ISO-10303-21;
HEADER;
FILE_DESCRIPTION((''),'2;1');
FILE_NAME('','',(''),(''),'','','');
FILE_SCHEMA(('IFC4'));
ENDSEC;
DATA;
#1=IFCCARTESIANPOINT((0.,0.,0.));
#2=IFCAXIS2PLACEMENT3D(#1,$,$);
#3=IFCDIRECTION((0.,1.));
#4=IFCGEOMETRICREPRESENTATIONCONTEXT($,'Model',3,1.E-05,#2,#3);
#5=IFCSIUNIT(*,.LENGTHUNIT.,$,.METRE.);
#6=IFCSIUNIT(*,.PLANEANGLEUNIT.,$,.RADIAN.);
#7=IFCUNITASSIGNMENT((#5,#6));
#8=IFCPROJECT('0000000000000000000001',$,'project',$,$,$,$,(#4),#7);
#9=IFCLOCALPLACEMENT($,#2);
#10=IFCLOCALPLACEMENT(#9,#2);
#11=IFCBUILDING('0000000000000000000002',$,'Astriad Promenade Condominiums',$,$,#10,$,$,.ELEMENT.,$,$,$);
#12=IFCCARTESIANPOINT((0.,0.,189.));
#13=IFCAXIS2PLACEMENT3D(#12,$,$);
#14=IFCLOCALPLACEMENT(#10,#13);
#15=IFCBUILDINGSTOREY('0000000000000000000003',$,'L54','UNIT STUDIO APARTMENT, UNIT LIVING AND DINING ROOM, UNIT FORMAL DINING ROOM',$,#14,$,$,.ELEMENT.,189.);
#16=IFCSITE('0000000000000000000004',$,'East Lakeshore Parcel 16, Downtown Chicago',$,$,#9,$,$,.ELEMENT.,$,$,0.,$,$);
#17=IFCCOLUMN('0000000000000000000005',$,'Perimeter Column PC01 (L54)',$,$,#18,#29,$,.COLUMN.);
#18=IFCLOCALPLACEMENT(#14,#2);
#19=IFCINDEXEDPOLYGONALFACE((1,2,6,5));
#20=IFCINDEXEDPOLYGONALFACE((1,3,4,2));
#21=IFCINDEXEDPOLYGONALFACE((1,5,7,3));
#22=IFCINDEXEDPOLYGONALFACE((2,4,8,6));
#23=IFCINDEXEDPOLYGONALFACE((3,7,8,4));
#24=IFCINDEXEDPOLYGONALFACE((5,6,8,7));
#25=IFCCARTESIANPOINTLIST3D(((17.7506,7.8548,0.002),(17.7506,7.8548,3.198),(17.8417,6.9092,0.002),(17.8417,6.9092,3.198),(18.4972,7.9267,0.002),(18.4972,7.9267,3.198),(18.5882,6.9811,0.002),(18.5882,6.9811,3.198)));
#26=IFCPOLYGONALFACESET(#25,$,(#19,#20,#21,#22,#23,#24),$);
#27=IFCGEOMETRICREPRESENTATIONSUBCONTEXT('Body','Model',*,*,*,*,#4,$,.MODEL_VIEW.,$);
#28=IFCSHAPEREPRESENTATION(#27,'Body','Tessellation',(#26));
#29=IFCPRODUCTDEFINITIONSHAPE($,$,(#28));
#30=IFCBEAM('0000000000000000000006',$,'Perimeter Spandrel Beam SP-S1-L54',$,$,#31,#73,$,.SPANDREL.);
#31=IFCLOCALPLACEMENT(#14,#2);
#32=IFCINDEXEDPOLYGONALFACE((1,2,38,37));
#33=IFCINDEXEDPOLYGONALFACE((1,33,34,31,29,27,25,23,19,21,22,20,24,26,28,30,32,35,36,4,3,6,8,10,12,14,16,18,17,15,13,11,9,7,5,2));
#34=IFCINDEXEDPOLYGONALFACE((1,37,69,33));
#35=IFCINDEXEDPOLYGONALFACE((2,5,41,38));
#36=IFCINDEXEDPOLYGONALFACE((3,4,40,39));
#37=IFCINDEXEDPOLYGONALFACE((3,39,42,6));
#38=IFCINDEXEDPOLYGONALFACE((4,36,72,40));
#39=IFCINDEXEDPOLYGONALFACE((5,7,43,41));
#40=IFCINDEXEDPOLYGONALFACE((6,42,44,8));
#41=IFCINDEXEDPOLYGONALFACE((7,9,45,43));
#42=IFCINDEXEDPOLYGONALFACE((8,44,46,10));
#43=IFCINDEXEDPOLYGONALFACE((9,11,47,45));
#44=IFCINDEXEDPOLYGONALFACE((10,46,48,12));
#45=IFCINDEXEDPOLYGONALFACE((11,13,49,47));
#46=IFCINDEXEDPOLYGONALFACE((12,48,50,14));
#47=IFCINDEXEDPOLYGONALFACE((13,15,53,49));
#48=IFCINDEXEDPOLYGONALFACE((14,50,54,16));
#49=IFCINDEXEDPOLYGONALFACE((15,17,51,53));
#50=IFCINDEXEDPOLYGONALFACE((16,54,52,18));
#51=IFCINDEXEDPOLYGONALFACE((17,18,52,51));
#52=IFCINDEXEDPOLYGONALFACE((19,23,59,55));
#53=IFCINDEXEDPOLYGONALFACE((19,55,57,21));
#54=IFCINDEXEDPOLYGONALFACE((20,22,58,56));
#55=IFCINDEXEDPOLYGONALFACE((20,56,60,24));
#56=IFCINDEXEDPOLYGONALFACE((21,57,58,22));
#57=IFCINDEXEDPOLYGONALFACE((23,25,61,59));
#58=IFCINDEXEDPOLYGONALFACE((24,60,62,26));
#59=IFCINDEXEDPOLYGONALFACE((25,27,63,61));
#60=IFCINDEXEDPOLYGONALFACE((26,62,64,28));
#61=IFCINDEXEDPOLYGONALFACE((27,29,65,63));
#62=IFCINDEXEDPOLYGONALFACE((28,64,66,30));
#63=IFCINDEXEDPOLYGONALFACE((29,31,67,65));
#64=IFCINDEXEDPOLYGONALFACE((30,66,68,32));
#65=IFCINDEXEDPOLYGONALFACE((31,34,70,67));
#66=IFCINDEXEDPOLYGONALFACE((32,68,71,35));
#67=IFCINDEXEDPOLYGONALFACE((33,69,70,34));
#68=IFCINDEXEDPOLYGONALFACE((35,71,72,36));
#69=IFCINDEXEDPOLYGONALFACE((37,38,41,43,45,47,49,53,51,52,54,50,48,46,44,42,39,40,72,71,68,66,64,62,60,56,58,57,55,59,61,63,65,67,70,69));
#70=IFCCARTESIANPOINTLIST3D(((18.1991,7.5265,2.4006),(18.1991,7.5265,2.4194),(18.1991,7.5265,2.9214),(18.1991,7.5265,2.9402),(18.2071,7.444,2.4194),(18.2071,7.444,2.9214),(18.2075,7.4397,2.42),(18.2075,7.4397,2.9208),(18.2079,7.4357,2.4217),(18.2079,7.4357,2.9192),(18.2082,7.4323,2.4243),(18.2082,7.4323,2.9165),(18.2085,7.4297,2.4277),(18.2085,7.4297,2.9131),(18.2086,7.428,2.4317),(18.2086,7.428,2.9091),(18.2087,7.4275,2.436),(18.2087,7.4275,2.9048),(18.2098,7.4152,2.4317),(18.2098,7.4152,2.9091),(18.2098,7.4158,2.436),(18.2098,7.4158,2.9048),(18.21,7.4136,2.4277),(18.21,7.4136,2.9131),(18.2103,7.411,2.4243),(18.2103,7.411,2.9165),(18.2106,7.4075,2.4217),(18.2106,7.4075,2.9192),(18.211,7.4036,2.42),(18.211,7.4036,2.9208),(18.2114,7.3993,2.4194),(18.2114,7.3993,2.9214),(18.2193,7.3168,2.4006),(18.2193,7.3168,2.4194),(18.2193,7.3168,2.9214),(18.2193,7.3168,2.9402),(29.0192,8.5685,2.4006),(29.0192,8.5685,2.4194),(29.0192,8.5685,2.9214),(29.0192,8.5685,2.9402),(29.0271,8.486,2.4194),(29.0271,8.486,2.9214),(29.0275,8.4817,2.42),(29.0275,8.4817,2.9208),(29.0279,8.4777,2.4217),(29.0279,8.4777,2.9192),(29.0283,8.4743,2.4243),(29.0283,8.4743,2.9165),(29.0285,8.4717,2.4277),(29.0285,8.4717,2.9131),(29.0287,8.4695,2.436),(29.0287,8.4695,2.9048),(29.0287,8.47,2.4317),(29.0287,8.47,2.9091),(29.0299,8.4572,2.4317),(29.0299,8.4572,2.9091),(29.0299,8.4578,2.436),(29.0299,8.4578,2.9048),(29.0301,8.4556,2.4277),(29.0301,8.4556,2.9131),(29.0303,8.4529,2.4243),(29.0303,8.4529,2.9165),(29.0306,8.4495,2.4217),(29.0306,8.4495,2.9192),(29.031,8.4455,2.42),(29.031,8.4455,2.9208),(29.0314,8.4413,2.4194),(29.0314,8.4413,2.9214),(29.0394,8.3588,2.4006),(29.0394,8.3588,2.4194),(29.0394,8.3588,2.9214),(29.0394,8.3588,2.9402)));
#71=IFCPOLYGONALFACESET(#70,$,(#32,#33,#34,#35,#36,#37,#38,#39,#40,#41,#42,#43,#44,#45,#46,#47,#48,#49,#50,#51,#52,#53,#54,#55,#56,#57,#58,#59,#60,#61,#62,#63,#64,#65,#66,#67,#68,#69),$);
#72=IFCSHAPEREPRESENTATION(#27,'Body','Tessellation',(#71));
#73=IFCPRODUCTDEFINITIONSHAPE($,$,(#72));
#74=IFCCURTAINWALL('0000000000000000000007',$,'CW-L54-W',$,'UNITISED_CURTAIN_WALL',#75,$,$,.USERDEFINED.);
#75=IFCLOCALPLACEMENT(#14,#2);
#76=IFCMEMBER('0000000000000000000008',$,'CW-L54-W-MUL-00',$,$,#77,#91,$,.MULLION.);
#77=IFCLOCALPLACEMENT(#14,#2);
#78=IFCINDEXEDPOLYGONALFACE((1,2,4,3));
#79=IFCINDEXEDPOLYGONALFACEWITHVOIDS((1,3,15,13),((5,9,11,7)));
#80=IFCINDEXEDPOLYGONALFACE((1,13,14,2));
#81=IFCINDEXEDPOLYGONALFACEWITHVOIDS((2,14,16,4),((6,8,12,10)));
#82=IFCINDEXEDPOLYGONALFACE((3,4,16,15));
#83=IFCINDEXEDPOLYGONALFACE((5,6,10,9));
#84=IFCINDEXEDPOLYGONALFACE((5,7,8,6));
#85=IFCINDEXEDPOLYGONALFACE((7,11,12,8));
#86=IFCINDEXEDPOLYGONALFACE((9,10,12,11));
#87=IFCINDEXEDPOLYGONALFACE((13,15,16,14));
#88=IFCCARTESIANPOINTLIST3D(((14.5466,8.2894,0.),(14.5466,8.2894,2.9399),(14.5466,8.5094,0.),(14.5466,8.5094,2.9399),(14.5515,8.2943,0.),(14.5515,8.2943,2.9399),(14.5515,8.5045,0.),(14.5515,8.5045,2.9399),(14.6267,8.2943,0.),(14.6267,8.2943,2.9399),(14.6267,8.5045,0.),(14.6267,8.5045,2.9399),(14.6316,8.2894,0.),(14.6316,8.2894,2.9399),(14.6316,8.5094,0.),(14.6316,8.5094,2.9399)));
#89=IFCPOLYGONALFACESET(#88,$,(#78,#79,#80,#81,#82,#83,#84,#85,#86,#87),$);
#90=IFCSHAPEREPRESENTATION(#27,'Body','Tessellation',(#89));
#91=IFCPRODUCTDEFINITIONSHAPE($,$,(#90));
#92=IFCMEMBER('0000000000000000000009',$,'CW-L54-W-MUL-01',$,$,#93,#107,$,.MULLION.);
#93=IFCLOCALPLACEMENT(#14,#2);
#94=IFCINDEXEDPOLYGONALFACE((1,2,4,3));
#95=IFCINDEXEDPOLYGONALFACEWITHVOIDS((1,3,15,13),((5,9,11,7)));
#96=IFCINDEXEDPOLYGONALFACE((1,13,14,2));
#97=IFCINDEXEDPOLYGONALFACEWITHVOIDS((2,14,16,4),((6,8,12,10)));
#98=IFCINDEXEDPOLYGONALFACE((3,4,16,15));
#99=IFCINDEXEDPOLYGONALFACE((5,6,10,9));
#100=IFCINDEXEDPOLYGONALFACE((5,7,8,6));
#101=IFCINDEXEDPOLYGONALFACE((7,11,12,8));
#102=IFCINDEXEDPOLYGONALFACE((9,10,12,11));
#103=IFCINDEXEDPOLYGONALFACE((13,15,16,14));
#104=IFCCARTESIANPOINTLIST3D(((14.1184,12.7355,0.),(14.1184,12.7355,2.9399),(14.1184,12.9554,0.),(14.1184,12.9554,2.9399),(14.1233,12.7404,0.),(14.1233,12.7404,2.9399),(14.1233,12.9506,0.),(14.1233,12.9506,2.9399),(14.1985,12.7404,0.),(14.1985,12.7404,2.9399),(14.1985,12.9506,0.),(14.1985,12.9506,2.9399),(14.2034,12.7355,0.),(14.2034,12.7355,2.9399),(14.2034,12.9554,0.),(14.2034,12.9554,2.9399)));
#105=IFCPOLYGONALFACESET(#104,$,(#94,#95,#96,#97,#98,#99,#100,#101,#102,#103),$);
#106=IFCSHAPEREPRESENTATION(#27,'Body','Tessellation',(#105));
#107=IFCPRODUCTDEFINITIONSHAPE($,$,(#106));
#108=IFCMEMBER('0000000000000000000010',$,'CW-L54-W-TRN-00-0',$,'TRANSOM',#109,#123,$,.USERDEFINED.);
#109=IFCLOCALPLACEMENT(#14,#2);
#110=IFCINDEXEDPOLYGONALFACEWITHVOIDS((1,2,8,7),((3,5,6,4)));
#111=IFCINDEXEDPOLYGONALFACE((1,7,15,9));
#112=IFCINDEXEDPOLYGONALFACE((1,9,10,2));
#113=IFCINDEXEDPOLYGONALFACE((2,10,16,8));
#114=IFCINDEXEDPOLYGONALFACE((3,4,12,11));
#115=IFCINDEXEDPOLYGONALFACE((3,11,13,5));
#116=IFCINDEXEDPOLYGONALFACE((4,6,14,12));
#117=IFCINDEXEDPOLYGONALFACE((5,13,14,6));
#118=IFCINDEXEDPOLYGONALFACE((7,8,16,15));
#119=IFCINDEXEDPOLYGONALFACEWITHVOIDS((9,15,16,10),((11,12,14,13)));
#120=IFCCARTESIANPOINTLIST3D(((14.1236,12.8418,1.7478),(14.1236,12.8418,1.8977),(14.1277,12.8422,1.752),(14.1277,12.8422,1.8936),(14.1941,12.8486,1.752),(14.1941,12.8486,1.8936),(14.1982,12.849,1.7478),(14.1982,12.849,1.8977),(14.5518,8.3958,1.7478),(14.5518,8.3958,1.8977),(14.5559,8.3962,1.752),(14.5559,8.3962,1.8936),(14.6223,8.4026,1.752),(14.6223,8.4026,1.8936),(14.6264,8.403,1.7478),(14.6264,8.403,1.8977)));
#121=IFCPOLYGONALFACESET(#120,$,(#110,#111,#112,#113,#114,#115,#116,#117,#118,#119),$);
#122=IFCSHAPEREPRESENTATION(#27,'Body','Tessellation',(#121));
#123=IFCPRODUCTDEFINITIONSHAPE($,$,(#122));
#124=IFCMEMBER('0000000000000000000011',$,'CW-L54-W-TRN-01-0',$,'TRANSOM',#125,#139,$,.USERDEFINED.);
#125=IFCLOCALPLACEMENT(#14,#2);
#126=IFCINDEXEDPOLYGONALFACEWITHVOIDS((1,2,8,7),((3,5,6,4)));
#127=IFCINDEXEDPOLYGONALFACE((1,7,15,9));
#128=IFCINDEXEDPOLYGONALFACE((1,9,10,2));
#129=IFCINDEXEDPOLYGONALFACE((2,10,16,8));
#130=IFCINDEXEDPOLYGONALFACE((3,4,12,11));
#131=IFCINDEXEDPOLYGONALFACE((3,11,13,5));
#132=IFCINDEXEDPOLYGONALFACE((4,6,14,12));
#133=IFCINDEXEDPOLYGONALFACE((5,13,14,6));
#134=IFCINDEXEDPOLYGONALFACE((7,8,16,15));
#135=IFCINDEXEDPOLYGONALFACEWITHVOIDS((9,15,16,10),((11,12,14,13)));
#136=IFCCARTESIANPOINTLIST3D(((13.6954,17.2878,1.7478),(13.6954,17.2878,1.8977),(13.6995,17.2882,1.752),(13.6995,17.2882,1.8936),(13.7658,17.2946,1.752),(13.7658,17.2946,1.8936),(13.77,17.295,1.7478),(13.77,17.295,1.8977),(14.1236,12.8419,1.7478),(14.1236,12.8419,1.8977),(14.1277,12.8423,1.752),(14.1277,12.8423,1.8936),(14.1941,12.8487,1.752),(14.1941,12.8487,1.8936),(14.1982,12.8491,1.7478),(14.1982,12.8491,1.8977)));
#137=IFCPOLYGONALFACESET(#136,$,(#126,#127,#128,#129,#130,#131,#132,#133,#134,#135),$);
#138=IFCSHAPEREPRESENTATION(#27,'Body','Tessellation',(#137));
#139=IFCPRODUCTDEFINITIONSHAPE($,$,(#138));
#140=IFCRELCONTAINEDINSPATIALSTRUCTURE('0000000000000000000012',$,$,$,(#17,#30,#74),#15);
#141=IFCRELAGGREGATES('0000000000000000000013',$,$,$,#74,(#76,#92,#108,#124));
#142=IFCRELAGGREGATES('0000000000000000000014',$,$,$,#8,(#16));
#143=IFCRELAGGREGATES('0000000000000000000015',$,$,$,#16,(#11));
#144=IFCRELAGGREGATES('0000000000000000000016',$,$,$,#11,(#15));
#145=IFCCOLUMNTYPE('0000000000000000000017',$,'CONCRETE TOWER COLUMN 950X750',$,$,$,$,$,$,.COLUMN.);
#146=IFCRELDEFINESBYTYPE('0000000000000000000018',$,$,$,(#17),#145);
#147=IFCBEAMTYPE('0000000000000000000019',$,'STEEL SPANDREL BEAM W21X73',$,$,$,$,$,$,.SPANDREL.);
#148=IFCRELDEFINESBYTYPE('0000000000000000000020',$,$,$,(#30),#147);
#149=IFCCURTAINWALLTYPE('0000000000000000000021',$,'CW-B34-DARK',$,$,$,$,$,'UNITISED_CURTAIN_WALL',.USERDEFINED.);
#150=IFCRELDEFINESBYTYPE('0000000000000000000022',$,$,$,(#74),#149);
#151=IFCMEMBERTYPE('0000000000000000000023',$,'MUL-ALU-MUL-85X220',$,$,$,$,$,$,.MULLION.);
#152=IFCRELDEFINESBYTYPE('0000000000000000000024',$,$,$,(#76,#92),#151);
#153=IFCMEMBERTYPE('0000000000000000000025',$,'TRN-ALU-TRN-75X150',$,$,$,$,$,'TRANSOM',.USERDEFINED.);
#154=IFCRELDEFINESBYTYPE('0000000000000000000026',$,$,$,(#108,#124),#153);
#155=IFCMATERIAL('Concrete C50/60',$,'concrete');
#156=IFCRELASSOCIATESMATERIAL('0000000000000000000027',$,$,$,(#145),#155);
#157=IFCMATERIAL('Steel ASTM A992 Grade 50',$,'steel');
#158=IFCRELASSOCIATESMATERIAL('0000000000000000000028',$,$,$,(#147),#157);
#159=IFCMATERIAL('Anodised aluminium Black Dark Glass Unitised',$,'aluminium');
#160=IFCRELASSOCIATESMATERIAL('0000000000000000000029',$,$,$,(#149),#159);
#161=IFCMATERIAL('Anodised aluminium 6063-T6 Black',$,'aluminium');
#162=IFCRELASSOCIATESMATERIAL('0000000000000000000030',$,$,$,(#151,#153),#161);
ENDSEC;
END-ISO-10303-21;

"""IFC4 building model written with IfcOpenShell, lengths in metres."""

from ifc_helpers import new_model, si_unit, direction, frame, origin, origin_2d, place, context, subcontext, project, spatial, rectangle, hollow_rectangle, i_section, extrude, source, transform, mapped, material, material_profile, profile_set, type_object, type_shapes, element, aggregate, save


model = new_model("IFC4")

# Units and contexts
model_context = context("Model", 3, precision=1e-05, world=origin(), true_north=direction((0.0, 1.0)))
body_context = subcontext(model_context, "Body", "Model", "MODEL_VIEW")
ifc_project = project(units=[si_unit("LENGTHUNIT", "METRE"), si_unit("PLANEANGLEUNIT", "RADIAN")], contexts=[model_context])

# Site, building, storey
site_placement = place(None, origin())
site = spatial("IfcSite", under=ifc_project, at=site_placement, Name="East Lakeshore Parcel 16, Downtown Chicago", CompositionType="ELEMENT", RefElevation=0.0)
building_placement = place(site_placement, origin())
building = spatial("IfcBuilding", under=site, at=building_placement, Name="Astriad Promenade Condominiums", CompositionType="ELEMENT")
storey_placement = place(building_placement, frame((0.0, 0.0, 189.0)))
storey = spatial("IfcBuildingStorey", under=building, at=storey_placement, Name="L54", Description="UNIT STUDIO APARTMENT, UNIT LIVING AND DINING ROOM, UNIT FORMAL DINING ROOM", CompositionType="ELEMENT", Elevation=189.0)

# Column
ifc_material_1 = material(Name="Concrete C50/60", Category="concrete")
ifc_material_profile_1 = material_profile(ifc_material_1, rectangle(XDim=0.75, YDim=0.95, at=origin_2d()), Name="RC-COL-950X750")
ifc_profile_set_1 = profile_set([ifc_material_profile_1], Name="Concrete C50/60")
column_type = type_object("IfcColumnType", Name="CONCRETE TOWER COLUMN 950X750", PredefinedType="COLUMN", material=ifc_profile_set_1)
shared_shape_1 = source(origin(), body_context, "Body", "SweptSolid", [
    extrude(rectangle(XDim=0.75, YDim=0.95, at=origin_2d()), origin(), (0.0, 0.0, 1.0), 3.196),
])
type_shapes(column_type, [shared_shape_1])
column_placement = place(storey_placement, frame((18.1694, 7.418, 0.002), z_axis=(0.0, 0.0, 1.0), x_axis=(0.995396, 0.095846, 0.0)))
element("IfcColumn", 1, at=column_placement, inside=storey, type_object=column_type, Name="Perimeter Column PC01 (L54)", PredefinedType="COLUMN", context=body_context, shape_type="MappedRepresentation", body=[
    mapped(shared_shape_1, transform((0.0, 0.0, 0.0), scale=1.0)),
])

# Beam
ifc_material_2 = material(Name="Steel ASTM A992 Grade 50", Category="steel")
ifc_material_profile_2 = material_profile(ifc_material_2, i_section(OverallWidth=0.2107, OverallDepth=0.5396, WebThickness=0.0117, FlangeThickness=0.0188, FilletRadius=0.0166, at=origin_2d()), Name="W21X73")
ifc_profile_set_2 = profile_set([ifc_material_profile_2], Name="Steel ASTM A992 Grade 50")
beam_type = type_object("IfcBeamType", Name="STEEL SPANDREL BEAM W21X73", PredefinedType="SPANDREL", material=ifc_profile_set_2)
shared_shape_2 = source(origin(), body_context, "Body", "SweptSolid", [
    extrude(i_section(OverallWidth=0.2107, OverallDepth=0.5396, WebThickness=0.0117, FlangeThickness=0.0188, FilletRadius=0.0166, at=origin_2d()), origin(), (0.0, 0.0, 1.0), 10.8701),
])
type_shapes(beam_type, [shared_shape_2])
beam_placement = place(storey_placement, frame((18.2092, 7.4216, 2.6704), z_axis=(0.995395, 0.095858, 0.0), x_axis=(-0.095858, 0.995395, 0.0)))
element("IfcBeam", 2, at=beam_placement, inside=storey, type_object=beam_type, Name="Perimeter Spandrel Beam SP-S1-L54", PredefinedType="SPANDREL", context=body_context, shape_type="MappedRepresentation", body=[
    mapped(shared_shape_2, transform((0.0, 0.0, 0.0), scale=1.0)),
])

# Curtain wall, members
ifc_material_3 = material(Name="Anodised aluminium Black Dark Glass Unitised", Category="aluminium")
curtain_wall_type = type_object("IfcCurtainWallType", Name="CW-B34-DARK", ElementType="UNITISED_CURTAIN_WALL", PredefinedType="USERDEFINED", material=ifc_material_3)
curtain_wall_placement = place(storey_placement, origin())
curtain_wall = element("IfcCurtainWall", 3, at=curtain_wall_placement, inside=storey, type_object=curtain_wall_type, Name="CW-L54-W", ObjectType="UNITISED_CURTAIN_WALL", PredefinedType="USERDEFINED")
ifc_material_4 = material(Name="Anodised aluminium 6063-T6 Black", Category="aluminium")
ifc_material_profile_3 = material_profile(ifc_material_4, hollow_rectangle(XDim=0.085, YDim=0.22, WallThickness=0.0049, at=origin_2d()), Name="ALU-MUL-85X220")
ifc_profile_set_3 = profile_set([ifc_material_profile_3], Name="Anodised aluminium 6063-T6 Black")
member_type_1 = type_object("IfcMemberType", Name="MUL-ALU-MUL-85X220", PredefinedType="MULLION", material=ifc_profile_set_3)
shared_shape_3 = source(origin(), body_context, "Body", "SweptSolid", [
    extrude(hollow_rectangle(XDim=0.085, YDim=0.22, WallThickness=0.0049, at=origin_2d()), origin(), (0.0, 0.0, 1.0), 2.9399),
])
type_shapes(member_type_1, [shared_shape_3])
member_1_placement = place(storey_placement, frame((14.5891, 8.3994, 0.0), z_axis=(0.0, 0.0, 1.0), x_axis=(1.0, 0.0, 0.0)))
member_1 = element("IfcMember", 4, at=member_1_placement, type_object=member_type_1, Name="CW-L54-W-MUL-00", PredefinedType="MULLION", context=body_context, shape_type="MappedRepresentation", body=[
    mapped(shared_shape_3, transform((0.0, 0.0, 0.0), scale=1.0)),
])
member_2_placement = place(storey_placement, frame((14.1609, 12.8455, 0.0), z_axis=(0.0, 0.0, 1.0), x_axis=(1.0, 0.0, 0.0)))
member_2 = element("IfcMember", 5, at=member_2_placement, type_object=member_type_1, Name="CW-L54-W-MUL-01", PredefinedType="MULLION", context=body_context, shape_type="MappedRepresentation", body=[
    mapped(shared_shape_3, transform((0.0, 0.0, 0.0), scale=1.0)),
])
ifc_material_profile_4 = material_profile(ifc_material_4, hollow_rectangle(XDim=0.075, YDim=0.1499, WallThickness=0.0042, at=origin_2d()), Name="ALU-TRN-75X150")
ifc_profile_set_4 = profile_set([ifc_material_profile_4], Name="Anodised aluminium 6063-T6 Black")
member_type_2 = type_object("IfcMemberType", Name="TRN-ALU-TRN-75X150", ElementType="TRANSOM", PredefinedType="USERDEFINED", material=ifc_profile_set_4)
shared_shape_4 = source(origin(), body_context, "Body", "SweptSolid", [
    extrude(hollow_rectangle(XDim=0.075, YDim=0.1499, WallThickness=0.0042, at=origin_2d()), origin(), (0.0, 0.0, 1.0), 4.4666),
])
type_shapes(member_type_2, [shared_shape_4])
member_3_placement = place(storey_placement, frame((14.5891, 8.3994, 1.8228), z_axis=(-0.095872, 0.995394, 0.0), x_axis=(-0.995394, -0.095872, 0.0)))
member_3 = element("IfcMember", 6, at=member_3_placement, type_object=member_type_2, Name="CW-L54-W-TRN-00-0", ObjectType="TRANSOM", PredefinedType="USERDEFINED", context=body_context, shape_type="MappedRepresentation", body=[
    mapped(shared_shape_4, transform((0.0, 0.0, 0.0), scale=1.0)),
])
member_4_placement = place(storey_placement, frame((14.1609, 12.8455, 1.8228), z_axis=(-0.095872, 0.995394, 0.0), x_axis=(-0.995394, -0.095872, 0.0)))
member_4 = element("IfcMember", 7, at=member_4_placement, type_object=member_type_2, Name="CW-L54-W-TRN-01-0", ObjectType="TRANSOM", PredefinedType="USERDEFINED", context=body_context, shape_type="MappedRepresentation", body=[
    mapped(shared_shape_4, transform((0.0, 0.0, 0.0), scale=1.0)),
])

aggregate(curtain_wall, [member_1, member_2, member_3, member_4])

save(model, "model.ifc")
